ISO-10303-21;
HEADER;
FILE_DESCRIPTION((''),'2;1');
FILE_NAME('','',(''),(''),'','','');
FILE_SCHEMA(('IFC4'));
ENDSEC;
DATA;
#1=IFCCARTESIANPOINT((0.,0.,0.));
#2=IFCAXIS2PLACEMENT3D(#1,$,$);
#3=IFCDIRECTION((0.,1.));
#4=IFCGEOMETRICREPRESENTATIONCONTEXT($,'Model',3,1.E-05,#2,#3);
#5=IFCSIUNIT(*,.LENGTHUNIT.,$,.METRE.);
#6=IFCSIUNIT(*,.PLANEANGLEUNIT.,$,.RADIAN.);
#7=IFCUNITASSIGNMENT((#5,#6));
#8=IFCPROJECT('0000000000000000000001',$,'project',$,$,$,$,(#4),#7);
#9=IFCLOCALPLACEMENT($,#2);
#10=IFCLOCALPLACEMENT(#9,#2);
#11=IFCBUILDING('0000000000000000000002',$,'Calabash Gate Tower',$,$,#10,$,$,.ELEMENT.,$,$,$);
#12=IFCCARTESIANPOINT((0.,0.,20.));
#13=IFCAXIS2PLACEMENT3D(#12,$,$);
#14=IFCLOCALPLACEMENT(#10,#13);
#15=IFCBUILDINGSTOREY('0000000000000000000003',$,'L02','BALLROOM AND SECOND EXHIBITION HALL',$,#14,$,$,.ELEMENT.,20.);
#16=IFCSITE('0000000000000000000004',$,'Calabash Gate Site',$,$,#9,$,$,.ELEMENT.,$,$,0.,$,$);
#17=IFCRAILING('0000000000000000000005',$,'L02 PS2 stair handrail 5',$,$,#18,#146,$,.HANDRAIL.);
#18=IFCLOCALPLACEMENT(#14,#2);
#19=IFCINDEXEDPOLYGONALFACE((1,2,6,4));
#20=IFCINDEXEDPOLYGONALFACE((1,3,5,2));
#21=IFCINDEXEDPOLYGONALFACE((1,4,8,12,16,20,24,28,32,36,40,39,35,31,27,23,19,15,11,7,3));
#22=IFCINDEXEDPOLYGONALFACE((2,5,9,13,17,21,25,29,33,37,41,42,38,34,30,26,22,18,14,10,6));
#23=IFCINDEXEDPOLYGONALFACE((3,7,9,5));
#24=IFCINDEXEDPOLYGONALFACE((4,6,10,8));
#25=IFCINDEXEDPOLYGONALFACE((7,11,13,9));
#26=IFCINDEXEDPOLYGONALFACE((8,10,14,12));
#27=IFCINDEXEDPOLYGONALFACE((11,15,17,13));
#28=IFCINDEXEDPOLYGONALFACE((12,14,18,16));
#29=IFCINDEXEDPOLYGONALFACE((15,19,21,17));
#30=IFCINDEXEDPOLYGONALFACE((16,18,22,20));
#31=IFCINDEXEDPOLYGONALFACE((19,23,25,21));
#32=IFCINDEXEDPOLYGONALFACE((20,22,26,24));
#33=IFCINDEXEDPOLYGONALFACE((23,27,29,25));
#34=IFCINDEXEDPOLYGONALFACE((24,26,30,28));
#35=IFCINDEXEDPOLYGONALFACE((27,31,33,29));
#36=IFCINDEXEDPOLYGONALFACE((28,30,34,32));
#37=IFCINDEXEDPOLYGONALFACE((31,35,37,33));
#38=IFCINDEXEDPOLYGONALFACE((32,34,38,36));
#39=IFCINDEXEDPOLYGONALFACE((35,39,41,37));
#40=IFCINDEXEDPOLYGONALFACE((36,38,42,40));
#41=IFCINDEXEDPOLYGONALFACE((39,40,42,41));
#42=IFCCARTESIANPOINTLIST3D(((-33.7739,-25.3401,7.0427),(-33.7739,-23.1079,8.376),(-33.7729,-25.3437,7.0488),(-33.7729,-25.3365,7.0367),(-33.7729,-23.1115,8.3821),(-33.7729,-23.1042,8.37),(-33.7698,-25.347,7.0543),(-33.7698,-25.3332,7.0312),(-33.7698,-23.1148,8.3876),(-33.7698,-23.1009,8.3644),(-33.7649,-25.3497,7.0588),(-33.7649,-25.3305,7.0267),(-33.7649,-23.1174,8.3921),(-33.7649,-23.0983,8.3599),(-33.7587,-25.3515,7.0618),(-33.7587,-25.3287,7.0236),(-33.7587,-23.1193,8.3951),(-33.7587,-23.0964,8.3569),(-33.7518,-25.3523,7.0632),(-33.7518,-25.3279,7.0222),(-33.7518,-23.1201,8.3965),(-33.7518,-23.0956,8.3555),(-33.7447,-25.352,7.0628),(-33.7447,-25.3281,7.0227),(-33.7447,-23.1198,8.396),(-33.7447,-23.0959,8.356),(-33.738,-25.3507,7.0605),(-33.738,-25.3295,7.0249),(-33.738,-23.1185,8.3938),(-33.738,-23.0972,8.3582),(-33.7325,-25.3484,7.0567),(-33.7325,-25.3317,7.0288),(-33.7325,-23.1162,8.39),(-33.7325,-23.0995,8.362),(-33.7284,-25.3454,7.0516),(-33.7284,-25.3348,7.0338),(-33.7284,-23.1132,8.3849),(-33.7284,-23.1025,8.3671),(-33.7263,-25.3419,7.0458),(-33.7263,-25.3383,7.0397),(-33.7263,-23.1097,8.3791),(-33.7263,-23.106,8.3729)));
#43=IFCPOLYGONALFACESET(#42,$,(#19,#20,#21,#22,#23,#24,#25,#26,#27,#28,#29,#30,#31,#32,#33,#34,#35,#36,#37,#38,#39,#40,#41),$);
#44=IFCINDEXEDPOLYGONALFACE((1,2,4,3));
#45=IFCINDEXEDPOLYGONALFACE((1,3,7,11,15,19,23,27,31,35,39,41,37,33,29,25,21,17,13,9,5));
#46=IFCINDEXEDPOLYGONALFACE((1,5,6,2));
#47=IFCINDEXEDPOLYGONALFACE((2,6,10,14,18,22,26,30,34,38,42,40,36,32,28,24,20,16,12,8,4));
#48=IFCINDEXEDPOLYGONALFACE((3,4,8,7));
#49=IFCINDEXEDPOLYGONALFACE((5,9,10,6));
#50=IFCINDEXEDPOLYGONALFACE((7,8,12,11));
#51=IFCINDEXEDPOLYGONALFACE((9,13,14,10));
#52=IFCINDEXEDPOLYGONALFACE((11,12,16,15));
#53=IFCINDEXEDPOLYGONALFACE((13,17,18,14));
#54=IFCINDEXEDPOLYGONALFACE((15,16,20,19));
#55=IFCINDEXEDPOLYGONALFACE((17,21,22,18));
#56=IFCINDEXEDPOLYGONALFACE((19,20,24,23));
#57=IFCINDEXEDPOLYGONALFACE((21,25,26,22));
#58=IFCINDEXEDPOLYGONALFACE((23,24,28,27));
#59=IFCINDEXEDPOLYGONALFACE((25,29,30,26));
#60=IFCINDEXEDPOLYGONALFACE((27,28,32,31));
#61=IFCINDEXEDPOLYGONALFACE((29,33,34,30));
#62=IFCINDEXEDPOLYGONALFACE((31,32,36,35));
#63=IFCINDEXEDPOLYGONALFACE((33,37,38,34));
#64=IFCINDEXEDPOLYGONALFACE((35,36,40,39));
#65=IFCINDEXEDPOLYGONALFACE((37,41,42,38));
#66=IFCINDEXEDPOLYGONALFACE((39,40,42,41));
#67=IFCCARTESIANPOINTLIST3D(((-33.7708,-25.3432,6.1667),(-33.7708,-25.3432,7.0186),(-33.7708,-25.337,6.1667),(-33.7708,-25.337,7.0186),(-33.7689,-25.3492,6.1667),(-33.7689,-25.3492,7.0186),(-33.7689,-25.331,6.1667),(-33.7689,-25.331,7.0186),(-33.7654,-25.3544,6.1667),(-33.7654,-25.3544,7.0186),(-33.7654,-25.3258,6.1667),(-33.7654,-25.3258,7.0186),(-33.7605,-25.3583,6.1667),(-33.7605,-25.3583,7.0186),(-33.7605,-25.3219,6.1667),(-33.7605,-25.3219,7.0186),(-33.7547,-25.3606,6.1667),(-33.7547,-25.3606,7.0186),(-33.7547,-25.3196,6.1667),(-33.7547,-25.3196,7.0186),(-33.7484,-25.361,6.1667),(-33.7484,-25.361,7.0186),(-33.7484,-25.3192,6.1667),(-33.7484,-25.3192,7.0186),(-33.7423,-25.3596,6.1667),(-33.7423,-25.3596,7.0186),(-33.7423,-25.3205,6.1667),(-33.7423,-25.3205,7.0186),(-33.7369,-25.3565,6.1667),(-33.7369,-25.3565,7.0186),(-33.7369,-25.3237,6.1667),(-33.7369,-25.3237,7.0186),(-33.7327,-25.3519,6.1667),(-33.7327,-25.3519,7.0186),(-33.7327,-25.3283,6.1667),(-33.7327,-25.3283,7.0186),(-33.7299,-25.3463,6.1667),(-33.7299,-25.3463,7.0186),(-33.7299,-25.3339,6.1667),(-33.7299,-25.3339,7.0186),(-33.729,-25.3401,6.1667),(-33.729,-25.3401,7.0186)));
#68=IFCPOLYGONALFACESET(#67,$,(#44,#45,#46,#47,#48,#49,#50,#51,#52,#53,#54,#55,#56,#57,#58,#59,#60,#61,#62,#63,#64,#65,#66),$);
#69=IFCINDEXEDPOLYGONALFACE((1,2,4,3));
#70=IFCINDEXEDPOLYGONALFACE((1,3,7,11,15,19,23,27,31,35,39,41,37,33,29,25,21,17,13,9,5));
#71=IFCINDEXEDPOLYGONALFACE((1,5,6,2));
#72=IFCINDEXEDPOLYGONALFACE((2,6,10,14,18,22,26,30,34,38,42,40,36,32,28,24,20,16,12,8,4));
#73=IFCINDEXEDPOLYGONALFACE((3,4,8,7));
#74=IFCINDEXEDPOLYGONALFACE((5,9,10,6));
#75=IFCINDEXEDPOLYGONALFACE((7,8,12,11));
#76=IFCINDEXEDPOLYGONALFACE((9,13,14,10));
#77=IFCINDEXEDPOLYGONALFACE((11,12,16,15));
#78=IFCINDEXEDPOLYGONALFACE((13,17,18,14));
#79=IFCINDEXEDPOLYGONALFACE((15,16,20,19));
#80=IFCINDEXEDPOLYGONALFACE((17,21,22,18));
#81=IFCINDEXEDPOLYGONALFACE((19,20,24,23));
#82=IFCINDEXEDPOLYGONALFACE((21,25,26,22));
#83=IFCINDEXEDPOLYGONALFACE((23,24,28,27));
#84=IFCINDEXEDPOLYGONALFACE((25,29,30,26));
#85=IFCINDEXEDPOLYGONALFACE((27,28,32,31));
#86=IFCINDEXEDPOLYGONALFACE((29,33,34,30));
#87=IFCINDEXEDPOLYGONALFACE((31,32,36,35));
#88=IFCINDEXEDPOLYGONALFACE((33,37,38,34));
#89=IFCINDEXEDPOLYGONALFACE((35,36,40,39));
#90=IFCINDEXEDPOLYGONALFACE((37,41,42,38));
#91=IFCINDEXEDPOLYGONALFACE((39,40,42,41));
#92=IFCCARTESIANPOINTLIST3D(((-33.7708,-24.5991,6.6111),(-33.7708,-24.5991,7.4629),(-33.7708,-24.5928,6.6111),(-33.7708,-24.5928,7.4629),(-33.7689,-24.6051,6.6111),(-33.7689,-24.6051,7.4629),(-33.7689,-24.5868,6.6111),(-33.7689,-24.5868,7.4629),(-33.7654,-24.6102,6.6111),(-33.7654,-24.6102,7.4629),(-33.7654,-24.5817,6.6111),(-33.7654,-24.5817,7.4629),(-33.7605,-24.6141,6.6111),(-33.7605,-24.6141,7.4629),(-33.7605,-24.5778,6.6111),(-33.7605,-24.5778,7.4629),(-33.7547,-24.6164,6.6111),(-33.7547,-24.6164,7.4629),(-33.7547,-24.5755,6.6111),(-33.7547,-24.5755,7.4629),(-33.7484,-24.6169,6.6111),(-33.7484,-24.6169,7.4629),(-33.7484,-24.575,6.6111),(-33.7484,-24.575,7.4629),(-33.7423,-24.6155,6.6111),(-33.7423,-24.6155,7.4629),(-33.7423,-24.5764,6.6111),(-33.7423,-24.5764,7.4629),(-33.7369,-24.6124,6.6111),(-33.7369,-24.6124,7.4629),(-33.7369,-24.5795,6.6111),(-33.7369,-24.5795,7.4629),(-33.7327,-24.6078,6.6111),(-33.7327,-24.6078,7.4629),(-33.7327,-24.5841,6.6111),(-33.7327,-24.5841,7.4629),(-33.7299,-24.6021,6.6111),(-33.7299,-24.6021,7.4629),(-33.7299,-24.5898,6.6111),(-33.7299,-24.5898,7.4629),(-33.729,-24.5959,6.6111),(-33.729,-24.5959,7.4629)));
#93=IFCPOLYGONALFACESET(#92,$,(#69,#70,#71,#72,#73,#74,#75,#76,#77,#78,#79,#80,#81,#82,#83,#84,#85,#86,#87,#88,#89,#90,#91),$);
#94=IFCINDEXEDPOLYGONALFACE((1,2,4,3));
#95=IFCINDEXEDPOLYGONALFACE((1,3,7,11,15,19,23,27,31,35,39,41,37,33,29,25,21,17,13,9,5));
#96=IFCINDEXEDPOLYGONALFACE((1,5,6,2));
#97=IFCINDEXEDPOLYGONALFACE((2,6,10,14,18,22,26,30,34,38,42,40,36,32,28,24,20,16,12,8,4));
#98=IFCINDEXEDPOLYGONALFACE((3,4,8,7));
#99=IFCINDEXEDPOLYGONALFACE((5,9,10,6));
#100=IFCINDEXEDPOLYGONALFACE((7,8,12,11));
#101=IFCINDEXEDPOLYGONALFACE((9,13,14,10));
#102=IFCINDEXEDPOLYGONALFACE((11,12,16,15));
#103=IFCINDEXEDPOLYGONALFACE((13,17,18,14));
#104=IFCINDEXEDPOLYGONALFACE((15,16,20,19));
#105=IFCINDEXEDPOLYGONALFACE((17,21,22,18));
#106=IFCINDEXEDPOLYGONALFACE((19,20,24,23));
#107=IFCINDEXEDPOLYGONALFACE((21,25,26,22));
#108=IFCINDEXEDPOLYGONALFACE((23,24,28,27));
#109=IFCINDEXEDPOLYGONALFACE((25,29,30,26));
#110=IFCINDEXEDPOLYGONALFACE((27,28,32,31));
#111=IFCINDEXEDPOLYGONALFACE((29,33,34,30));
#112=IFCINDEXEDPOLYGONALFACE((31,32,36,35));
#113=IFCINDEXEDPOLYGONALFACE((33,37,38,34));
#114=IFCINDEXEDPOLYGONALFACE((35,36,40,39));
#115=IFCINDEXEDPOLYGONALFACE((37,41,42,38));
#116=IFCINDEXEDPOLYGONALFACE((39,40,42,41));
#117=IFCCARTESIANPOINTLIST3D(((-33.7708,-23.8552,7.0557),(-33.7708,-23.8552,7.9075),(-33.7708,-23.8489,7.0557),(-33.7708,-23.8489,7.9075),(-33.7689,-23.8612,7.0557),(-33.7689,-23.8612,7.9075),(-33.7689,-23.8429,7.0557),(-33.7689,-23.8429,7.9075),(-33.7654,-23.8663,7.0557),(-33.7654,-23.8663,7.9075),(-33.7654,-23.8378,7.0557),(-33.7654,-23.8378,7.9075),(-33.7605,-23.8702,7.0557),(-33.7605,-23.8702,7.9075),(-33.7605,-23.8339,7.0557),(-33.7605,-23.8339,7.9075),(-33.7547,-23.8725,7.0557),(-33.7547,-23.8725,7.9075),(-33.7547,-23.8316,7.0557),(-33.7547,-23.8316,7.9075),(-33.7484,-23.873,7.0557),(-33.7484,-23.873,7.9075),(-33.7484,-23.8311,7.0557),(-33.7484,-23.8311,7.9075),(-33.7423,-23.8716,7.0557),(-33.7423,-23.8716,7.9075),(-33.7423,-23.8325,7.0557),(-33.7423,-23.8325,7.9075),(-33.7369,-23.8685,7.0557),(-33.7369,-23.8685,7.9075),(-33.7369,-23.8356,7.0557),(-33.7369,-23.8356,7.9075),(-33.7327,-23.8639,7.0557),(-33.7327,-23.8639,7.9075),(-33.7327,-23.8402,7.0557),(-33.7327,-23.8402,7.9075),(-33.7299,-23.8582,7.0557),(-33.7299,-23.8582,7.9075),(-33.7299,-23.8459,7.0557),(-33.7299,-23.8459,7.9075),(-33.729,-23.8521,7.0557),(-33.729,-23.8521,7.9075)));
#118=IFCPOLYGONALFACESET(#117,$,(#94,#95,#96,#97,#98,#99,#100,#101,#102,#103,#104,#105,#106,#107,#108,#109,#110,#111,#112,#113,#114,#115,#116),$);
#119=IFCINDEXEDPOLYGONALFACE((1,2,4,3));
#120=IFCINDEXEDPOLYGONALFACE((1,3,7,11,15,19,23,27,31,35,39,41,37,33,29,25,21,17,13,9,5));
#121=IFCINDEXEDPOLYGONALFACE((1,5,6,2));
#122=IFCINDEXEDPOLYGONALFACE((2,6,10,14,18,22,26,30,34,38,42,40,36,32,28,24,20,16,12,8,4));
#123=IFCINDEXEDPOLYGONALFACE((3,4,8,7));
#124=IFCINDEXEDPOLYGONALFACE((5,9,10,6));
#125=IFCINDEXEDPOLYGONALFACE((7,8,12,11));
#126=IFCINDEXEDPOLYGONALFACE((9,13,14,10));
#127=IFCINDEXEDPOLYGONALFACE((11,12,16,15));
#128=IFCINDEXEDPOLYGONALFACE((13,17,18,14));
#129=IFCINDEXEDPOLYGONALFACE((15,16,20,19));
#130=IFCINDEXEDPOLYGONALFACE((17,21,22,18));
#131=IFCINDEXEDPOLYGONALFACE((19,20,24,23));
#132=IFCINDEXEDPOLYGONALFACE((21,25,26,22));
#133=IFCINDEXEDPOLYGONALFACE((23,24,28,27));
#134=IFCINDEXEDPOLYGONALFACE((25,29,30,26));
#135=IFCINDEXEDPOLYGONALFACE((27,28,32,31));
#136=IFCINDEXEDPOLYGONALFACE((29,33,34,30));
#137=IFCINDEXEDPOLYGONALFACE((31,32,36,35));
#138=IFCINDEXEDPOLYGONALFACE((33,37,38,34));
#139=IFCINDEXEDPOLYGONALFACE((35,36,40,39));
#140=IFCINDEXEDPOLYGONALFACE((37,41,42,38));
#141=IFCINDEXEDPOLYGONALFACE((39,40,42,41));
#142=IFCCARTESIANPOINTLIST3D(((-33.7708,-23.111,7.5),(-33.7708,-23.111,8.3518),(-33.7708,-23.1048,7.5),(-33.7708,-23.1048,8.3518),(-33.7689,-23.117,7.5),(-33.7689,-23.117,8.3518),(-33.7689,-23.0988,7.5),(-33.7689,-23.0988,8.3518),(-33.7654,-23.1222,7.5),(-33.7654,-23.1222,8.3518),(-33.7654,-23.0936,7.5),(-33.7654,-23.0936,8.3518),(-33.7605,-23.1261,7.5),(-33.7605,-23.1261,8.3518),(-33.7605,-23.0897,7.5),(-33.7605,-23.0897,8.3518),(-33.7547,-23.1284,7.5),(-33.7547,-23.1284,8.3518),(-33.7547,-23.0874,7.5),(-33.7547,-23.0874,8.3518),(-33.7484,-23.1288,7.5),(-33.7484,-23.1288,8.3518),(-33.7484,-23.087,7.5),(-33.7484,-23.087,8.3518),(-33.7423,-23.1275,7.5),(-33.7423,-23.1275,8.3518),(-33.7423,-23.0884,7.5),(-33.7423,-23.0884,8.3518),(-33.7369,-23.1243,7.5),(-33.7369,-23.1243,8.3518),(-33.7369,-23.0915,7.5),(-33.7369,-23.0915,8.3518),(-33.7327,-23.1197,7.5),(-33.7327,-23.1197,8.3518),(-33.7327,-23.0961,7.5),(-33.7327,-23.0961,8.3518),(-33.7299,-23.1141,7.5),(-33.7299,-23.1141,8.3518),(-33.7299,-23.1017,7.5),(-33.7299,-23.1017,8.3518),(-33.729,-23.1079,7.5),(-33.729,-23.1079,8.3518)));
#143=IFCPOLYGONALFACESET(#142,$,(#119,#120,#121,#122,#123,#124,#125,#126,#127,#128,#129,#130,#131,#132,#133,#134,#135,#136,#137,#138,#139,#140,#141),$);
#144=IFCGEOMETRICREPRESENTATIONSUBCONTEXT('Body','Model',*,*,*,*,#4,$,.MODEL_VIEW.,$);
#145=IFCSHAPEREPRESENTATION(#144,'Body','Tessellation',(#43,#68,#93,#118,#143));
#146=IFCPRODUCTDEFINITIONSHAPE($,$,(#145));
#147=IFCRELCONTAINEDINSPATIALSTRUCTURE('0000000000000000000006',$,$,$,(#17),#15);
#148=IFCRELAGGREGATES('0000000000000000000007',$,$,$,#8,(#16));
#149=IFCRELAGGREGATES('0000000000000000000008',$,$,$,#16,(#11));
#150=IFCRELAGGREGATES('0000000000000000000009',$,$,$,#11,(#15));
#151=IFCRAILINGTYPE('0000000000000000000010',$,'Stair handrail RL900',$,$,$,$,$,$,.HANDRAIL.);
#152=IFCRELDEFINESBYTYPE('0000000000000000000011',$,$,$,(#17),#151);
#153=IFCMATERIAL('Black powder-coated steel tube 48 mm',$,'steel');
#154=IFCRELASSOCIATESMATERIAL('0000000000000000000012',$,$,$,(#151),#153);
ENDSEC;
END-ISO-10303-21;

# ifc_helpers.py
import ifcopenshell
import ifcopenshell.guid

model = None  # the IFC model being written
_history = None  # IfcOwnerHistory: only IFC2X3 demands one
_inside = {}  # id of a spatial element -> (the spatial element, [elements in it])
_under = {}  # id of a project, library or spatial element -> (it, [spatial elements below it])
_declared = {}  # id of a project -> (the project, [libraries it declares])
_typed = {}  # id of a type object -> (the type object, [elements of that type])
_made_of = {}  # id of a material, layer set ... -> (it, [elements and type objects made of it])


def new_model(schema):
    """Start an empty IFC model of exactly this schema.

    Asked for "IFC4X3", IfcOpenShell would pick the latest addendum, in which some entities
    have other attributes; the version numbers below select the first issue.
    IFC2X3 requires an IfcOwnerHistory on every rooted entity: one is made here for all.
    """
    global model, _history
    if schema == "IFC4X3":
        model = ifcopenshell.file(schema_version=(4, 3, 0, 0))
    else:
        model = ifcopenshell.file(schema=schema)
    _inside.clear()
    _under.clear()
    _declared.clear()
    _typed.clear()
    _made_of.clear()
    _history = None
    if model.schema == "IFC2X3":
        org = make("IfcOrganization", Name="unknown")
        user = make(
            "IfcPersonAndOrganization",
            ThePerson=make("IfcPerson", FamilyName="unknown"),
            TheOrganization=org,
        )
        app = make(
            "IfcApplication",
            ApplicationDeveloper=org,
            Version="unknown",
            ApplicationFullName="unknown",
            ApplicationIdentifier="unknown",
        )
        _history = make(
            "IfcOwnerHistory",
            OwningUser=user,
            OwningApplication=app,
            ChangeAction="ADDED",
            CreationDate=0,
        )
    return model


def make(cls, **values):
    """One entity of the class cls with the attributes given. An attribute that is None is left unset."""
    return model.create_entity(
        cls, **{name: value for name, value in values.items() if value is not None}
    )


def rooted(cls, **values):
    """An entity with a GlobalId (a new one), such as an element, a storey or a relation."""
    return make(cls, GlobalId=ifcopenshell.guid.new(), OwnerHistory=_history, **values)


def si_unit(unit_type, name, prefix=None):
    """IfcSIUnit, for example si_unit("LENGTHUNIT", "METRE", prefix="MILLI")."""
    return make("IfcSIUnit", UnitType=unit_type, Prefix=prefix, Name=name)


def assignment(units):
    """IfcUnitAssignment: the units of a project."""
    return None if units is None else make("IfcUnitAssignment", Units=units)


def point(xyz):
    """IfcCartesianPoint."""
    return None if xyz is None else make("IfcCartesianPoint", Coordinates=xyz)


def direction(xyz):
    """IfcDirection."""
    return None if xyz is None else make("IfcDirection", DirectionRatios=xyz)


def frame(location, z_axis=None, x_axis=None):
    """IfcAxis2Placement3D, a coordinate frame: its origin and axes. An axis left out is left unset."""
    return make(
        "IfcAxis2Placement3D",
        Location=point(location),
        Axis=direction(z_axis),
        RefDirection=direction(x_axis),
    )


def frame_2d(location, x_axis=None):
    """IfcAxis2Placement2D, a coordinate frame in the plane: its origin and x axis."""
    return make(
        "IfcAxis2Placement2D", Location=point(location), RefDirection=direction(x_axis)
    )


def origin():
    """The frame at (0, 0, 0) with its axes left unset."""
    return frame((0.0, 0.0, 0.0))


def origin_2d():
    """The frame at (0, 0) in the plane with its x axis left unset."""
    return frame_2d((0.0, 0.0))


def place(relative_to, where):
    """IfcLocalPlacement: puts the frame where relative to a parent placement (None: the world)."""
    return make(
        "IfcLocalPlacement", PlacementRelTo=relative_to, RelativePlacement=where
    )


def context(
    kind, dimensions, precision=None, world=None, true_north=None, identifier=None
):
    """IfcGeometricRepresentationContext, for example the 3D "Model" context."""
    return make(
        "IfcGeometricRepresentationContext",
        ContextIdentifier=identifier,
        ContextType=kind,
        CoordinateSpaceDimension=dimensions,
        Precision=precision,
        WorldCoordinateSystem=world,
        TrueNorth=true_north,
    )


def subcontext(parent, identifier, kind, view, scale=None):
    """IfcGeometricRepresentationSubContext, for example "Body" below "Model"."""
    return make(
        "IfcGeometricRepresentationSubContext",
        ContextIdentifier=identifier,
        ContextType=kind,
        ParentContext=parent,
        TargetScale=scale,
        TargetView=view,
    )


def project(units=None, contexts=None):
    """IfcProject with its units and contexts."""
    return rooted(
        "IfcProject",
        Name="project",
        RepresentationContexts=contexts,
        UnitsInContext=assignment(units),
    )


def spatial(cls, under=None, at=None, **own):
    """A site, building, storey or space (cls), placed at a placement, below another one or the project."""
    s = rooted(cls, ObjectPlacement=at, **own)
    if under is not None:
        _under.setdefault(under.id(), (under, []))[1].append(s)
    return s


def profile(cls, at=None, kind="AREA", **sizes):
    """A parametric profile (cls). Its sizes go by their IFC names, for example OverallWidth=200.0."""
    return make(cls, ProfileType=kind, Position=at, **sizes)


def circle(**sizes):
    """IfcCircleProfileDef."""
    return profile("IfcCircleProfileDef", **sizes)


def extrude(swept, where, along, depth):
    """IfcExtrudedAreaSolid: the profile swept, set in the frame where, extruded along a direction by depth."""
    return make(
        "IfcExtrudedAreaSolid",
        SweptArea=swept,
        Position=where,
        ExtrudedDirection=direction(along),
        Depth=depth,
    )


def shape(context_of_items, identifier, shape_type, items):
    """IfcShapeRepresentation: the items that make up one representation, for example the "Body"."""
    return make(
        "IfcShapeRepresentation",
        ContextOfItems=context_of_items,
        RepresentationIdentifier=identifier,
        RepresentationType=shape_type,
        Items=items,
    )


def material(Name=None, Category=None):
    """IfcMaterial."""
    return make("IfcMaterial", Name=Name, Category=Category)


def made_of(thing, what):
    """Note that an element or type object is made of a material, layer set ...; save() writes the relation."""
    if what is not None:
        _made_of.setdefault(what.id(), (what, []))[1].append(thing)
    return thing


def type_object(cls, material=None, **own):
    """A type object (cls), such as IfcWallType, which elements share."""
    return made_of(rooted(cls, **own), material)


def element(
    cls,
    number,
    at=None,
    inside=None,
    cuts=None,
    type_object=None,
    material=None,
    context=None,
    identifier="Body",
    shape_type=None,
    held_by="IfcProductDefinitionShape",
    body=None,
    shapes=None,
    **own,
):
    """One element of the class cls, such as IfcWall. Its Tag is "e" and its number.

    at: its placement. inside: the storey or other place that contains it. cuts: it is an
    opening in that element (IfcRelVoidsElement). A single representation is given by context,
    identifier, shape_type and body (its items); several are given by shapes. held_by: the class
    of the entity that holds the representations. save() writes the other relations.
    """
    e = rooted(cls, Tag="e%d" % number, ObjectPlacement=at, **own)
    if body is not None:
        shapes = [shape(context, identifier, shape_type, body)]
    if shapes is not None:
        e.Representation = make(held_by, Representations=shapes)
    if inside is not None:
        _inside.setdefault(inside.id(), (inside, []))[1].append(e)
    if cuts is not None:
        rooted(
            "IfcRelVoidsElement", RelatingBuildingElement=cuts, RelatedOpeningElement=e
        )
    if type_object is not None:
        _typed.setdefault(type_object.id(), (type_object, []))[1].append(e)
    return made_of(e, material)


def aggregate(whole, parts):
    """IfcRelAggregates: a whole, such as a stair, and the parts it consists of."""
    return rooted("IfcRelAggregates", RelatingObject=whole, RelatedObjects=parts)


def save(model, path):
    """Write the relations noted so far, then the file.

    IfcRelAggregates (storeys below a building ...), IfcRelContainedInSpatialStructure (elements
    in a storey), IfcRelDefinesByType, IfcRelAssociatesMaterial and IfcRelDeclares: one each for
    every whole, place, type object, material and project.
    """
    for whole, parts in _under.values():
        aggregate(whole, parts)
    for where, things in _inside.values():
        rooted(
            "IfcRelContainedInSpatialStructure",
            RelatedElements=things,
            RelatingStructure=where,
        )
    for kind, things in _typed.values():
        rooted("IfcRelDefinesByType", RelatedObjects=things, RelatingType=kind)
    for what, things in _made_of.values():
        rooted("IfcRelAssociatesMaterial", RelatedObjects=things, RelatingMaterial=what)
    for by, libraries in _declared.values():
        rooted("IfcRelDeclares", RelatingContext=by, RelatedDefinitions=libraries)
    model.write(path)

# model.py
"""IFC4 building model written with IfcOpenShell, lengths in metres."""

from ifc_helpers import new_model, si_unit, direction, frame, origin, origin_2d, place, context, subcontext, project, spatial, circle, extrude, material, type_object, element, save


model = new_model("IFC4")

# Units and contexts
model_context = context("Model", 3, precision=1e-05, world=origin(), true_north=direction((0.0, 1.0)))
body_context = subcontext(model_context, "Body", "Model", "MODEL_VIEW")
ifc_project = project(units=[si_unit("LENGTHUNIT", "METRE"), si_unit("PLANEANGLEUNIT", "RADIAN")], contexts=[model_context])

# Site, building, storey
site_placement = place(None, origin())
site = spatial("IfcSite", under=ifc_project, at=site_placement, Name="Calabash Gate Site", CompositionType="ELEMENT", RefElevation=0.0)
building_placement = place(site_placement, origin())
building = spatial("IfcBuilding", under=site, at=building_placement, Name="Calabash Gate Tower", CompositionType="ELEMENT")
storey_placement = place(building_placement, frame((0.0, 0.0, 20.0)))
storey = spatial("IfcBuildingStorey", under=building, at=storey_placement, Name="L02", Description="BALLROOM AND SECOND EXHIBITION HALL", CompositionType="ELEMENT", Elevation=20.0)

# Railing
ifc_material_1 = material(Name="Black powder-coated steel tube 48 mm", Category="steel")
railing_type_1 = type_object("IfcRailingType", Name="Stair handrail RL900", PredefinedType="HANDRAIL", material=ifc_material_1)
for number, where, name in (
    (1, (-33.75, -25.3401, 6.1667), "L02 PS2 stair handrail 5"),
):
    element("IfcRailing", number, at=place(storey_placement, frame(where)), inside=storey, type_object=railing_type_1, Name=name, PredefinedType="HANDRAIL", context=body_context, shape_type="SweptSolid", body=[
        extrude(circle(Radius=0.0239, at=origin_2d()), frame((0.0, 0.0, 0.876), z_axis=(0.0, 0.858519, 0.512782), x_axis=(-1.0, 0.0, 0.0)), (0.0, 0.0, 1.0), 2.6001),
        extrude(circle(Radius=0.021, at=origin_2d()), origin(), (0.0, 0.0, 1.0), 0.8518),
        extrude(circle(Radius=0.021, at=origin_2d()), frame((0.0, 0.7441, 0.4443)), (0.0, 0.0, 1.0), 0.8518),
        extrude(circle(Radius=0.021, at=origin_2d()), frame((0.0, 1.488, 0.8889)), (0.0, 0.0, 1.0), 0.8518),
        extrude(circle(Radius=0.021, at=origin_2d()), frame((0.0, 2.2322, 1.3333)), (0.0, 0.0, 1.0), 0.8518),
    ])

save(model, "model.ifc")
